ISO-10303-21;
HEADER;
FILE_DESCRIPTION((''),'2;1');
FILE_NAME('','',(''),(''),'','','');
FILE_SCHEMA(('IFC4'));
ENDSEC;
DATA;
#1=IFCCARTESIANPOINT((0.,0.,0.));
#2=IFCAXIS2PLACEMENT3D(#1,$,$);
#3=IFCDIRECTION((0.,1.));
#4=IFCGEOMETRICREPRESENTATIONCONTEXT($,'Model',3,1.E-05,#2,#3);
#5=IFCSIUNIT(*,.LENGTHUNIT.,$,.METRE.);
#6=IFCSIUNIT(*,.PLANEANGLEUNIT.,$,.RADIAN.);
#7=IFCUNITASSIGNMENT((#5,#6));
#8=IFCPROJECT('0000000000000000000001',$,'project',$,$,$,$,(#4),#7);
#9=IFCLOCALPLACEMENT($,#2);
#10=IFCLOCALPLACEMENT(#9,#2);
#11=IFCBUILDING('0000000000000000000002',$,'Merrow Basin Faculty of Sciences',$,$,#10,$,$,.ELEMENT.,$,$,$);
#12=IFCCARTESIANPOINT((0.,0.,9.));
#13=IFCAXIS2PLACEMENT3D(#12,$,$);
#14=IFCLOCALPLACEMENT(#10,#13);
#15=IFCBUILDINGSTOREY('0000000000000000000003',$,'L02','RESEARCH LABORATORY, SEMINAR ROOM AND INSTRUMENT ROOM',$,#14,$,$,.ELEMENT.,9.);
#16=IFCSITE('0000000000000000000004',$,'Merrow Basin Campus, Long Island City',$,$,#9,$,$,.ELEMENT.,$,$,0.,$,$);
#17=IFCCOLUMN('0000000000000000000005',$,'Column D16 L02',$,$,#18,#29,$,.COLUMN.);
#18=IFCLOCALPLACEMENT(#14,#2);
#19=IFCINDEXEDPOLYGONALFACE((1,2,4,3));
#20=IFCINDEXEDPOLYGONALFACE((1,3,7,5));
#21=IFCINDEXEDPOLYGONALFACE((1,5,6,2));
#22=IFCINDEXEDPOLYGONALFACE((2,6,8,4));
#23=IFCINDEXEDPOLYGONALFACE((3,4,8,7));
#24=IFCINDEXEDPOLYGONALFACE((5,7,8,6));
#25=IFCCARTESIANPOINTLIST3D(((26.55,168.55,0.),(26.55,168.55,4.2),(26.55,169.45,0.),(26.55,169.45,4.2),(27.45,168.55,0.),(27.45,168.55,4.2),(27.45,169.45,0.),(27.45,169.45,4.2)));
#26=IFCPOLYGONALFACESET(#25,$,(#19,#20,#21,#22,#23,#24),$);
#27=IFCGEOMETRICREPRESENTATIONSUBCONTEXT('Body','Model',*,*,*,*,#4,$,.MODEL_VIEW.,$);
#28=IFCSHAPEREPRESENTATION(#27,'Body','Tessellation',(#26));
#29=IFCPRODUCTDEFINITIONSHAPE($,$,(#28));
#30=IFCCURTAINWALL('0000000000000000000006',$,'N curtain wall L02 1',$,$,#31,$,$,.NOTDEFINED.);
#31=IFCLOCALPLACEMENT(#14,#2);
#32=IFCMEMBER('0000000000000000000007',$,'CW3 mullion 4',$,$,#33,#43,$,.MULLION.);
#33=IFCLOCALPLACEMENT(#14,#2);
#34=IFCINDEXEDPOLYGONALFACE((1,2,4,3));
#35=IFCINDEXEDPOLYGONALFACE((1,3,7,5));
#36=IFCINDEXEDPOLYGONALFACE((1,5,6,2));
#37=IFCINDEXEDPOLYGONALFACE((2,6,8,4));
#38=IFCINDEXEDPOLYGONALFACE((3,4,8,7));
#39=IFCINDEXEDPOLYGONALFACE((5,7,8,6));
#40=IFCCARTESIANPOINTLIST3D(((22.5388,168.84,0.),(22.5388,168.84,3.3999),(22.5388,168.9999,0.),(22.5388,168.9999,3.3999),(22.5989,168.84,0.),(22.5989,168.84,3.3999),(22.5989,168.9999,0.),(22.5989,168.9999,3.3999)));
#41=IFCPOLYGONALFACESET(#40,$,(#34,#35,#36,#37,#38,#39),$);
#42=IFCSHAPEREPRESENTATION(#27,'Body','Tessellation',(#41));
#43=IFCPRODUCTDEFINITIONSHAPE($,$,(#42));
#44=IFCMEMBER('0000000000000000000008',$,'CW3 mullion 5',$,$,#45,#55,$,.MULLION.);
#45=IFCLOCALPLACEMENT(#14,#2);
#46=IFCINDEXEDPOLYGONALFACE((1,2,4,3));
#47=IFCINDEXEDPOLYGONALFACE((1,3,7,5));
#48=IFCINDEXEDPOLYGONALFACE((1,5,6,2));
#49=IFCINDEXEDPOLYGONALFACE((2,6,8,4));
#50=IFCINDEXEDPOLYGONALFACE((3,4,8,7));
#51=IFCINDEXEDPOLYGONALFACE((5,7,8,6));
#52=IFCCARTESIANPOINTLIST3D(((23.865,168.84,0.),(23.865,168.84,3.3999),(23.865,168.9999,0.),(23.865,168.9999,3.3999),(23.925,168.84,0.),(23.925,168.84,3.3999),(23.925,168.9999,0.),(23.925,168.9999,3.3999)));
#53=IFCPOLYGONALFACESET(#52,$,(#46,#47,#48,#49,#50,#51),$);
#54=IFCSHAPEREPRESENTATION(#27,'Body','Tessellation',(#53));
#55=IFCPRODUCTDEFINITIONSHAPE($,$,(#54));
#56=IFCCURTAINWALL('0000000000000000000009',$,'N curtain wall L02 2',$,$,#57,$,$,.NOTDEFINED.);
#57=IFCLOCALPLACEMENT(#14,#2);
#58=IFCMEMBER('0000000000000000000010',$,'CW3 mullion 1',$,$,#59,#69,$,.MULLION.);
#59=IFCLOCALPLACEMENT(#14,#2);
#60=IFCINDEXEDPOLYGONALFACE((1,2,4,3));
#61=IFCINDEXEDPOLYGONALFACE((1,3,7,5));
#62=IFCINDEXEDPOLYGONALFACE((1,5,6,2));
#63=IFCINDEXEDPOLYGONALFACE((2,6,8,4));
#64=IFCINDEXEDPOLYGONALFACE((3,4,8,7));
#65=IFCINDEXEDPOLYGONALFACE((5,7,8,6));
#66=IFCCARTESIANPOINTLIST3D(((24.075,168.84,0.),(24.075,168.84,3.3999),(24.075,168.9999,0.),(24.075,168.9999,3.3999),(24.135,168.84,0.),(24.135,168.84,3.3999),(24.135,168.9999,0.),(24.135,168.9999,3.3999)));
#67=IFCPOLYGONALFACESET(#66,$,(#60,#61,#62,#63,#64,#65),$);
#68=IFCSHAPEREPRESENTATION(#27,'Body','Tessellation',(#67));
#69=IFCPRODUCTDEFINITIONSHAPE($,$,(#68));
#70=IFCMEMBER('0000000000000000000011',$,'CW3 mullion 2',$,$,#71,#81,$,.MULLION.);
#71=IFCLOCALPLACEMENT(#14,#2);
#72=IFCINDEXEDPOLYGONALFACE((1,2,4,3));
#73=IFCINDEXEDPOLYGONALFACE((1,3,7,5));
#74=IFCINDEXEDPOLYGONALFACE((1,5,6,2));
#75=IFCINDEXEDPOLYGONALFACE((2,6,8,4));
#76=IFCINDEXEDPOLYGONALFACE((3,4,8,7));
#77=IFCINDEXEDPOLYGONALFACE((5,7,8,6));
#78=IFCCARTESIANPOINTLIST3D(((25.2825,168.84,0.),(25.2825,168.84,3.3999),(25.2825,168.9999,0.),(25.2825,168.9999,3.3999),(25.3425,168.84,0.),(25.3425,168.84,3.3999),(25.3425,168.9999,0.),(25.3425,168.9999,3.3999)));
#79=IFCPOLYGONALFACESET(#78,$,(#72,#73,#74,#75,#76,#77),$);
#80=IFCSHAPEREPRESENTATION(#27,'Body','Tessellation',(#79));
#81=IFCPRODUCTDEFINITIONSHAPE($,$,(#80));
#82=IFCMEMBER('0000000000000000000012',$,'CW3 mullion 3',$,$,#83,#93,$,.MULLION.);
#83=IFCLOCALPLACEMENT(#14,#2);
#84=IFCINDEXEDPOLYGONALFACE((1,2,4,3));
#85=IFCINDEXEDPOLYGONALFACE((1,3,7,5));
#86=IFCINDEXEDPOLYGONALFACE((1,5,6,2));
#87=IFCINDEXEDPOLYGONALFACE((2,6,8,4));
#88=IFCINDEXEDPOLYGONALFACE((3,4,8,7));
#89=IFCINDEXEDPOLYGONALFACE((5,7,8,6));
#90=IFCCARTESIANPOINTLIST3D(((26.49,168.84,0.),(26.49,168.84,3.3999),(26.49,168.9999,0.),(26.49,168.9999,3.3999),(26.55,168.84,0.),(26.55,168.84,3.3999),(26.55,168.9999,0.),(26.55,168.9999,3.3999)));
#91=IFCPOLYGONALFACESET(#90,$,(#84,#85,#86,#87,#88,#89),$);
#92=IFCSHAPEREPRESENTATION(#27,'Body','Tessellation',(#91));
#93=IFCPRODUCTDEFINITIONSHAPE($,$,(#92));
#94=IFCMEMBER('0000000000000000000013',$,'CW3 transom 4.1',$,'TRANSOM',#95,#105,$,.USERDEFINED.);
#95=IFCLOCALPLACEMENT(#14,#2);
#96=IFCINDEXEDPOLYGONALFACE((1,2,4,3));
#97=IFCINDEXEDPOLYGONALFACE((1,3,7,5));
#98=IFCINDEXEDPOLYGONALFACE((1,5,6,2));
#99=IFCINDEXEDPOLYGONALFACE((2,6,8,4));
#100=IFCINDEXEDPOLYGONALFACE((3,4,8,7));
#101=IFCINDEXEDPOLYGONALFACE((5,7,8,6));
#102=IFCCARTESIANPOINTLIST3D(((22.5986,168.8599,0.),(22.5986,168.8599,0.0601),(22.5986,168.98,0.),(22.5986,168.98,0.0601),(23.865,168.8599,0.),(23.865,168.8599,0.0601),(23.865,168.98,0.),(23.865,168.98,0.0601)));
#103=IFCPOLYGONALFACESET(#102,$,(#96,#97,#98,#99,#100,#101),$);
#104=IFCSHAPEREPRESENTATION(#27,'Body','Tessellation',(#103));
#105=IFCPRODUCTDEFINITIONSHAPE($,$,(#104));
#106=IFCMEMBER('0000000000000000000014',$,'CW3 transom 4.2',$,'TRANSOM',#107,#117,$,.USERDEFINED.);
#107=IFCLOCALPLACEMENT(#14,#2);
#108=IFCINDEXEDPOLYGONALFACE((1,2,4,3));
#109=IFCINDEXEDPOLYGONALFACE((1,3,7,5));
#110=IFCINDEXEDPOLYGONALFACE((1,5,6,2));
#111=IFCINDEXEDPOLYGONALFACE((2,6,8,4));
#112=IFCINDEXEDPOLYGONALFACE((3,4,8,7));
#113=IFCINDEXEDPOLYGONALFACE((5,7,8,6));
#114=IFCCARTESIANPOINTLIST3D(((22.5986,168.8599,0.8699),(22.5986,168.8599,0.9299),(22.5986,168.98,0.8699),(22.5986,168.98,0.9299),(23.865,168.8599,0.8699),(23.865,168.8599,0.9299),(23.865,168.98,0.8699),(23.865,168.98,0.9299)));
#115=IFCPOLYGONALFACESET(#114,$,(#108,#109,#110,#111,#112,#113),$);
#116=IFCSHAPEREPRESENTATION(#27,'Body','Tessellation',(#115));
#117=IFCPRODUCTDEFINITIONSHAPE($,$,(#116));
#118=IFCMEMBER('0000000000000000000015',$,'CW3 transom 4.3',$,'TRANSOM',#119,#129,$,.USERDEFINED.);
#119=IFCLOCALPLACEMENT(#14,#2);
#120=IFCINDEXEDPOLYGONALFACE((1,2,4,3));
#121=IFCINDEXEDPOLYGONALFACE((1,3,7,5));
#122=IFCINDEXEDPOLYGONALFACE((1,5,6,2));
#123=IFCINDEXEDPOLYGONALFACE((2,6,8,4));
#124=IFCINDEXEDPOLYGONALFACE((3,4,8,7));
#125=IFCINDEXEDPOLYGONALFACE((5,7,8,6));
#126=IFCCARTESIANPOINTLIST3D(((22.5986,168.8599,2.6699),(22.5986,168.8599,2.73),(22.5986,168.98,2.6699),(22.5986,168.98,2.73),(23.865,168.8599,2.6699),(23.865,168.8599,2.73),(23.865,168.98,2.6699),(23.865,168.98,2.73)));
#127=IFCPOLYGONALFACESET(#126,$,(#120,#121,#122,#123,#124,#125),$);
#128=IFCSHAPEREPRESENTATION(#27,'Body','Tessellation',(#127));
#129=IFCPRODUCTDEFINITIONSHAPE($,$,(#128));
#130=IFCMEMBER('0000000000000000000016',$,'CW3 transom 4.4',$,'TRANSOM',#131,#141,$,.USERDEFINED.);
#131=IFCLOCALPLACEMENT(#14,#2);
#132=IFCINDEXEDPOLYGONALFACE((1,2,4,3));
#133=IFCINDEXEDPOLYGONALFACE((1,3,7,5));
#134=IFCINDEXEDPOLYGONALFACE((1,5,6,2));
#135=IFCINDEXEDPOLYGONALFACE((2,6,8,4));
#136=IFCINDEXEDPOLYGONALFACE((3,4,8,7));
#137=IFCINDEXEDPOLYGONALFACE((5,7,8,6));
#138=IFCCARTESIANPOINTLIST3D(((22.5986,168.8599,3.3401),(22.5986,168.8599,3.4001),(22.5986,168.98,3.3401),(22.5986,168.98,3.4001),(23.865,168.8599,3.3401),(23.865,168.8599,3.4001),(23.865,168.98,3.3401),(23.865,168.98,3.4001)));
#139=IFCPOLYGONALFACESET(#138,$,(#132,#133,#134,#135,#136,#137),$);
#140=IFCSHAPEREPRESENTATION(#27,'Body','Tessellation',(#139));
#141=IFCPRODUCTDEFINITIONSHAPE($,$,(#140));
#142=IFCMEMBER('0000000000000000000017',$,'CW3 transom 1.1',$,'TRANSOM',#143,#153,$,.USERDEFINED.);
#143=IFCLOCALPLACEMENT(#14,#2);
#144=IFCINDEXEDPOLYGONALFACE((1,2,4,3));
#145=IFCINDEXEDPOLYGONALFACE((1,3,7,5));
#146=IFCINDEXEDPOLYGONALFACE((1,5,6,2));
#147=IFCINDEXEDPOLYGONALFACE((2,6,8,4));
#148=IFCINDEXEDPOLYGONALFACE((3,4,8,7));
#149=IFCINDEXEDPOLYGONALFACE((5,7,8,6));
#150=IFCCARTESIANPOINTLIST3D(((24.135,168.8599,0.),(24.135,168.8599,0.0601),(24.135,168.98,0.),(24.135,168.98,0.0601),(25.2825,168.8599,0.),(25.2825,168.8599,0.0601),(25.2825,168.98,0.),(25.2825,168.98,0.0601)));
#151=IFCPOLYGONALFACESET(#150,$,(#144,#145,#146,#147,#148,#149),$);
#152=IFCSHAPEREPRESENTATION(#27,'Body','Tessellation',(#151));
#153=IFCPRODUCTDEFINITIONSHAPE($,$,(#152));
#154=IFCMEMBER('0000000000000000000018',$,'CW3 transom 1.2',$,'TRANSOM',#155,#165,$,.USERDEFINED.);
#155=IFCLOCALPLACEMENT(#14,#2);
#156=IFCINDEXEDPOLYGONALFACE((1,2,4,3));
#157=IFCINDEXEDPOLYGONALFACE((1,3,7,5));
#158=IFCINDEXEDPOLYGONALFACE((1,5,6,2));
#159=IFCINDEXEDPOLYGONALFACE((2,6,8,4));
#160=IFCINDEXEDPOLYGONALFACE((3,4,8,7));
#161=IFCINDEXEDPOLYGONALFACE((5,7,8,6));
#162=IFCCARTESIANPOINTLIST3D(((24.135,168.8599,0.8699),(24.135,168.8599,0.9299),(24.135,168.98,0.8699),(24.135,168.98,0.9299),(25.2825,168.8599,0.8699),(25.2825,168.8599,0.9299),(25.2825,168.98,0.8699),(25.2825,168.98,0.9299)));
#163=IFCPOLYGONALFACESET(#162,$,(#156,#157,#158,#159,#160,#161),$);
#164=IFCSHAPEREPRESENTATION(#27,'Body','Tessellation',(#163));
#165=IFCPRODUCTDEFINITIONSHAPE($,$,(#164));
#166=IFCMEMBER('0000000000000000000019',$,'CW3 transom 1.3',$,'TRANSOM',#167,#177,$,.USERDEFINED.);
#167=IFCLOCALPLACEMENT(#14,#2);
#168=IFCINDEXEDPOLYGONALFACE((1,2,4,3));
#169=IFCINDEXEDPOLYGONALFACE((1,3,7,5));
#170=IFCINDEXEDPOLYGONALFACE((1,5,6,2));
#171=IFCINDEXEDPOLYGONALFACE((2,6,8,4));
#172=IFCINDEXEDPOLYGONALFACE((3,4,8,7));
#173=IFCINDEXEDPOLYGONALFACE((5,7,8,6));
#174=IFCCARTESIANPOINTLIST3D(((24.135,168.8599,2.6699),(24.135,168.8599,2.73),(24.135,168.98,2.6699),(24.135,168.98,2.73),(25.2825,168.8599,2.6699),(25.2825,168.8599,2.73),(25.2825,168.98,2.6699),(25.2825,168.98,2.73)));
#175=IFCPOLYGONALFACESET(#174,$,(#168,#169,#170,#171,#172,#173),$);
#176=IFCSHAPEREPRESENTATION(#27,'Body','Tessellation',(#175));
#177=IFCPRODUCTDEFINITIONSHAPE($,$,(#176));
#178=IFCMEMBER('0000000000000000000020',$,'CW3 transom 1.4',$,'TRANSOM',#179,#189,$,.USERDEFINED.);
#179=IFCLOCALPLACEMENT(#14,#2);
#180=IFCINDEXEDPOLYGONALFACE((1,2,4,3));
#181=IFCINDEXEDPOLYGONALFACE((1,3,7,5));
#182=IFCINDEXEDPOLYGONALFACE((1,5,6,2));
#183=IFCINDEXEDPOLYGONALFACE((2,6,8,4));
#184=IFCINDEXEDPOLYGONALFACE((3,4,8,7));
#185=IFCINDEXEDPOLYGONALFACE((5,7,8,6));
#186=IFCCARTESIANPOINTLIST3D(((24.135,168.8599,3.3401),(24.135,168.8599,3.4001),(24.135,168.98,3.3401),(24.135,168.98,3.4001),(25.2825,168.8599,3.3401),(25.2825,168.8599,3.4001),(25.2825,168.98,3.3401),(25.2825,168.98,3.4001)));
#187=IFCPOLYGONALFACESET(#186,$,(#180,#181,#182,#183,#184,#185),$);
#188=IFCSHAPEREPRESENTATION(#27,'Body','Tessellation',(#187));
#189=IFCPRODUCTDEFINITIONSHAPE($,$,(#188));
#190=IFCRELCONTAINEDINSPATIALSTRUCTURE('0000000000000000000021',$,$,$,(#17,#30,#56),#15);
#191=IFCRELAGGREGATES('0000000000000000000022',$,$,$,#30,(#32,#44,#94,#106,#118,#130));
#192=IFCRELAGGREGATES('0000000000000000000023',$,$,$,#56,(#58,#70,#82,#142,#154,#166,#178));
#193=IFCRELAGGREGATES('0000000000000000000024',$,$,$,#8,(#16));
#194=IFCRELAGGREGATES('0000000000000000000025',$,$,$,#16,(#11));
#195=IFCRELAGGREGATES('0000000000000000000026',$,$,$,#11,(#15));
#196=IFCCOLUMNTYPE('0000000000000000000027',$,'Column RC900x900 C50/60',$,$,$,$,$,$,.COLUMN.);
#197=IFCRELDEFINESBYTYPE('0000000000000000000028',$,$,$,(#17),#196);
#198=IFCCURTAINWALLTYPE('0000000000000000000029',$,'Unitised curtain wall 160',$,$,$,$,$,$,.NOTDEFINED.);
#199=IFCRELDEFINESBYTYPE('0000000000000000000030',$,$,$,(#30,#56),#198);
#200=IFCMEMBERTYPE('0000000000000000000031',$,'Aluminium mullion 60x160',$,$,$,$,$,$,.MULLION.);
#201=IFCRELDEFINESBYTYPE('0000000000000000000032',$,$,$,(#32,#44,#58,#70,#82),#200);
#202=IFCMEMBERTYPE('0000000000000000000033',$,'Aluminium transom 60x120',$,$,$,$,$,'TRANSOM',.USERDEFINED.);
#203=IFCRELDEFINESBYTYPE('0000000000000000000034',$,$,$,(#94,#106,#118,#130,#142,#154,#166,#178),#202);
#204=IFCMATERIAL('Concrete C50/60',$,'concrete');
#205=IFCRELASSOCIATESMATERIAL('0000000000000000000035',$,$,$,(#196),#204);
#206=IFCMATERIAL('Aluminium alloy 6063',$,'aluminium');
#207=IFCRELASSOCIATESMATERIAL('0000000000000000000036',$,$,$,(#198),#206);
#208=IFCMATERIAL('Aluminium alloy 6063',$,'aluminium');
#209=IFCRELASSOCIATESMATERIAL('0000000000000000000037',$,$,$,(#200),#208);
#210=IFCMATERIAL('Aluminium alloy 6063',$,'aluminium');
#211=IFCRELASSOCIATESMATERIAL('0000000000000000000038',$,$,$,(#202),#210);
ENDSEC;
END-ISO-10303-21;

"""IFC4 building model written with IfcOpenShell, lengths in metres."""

from ifc_helpers import new_model, si_unit, direction, frame, origin, origin_2d, place, context, subcontext, project, spatial, rectangle, extrude, material, material_profile, profile_set, type_object, element, aggregate, save


model = new_model("IFC4")

# Units and contexts
model_context = context("Model", 3, precision=1e-05, world=origin(), true_north=direction((0.0, 1.0)))
body_context = subcontext(model_context, "Body", "Model", "MODEL_VIEW")
ifc_project = project(units=[si_unit("LENGTHUNIT", "METRE"), si_unit("PLANEANGLEUNIT", "RADIAN")], contexts=[model_context])

# Site, building, storey
site_placement = place(None, origin())
site = spatial("IfcSite", under=ifc_project, at=site_placement, Name="Merrow Basin Campus, Long Island City", CompositionType="ELEMENT", RefElevation=0.0)
building_placement = place(site_placement, origin())
building = spatial("IfcBuilding", under=site, at=building_placement, Name="Merrow Basin Faculty of Sciences", CompositionType="ELEMENT")
storey_placement = place(building_placement, frame((0.0, 0.0, 9.0)))
storey = spatial("IfcBuildingStorey", under=building, at=storey_placement, Name="L02", Description="RESEARCH LABORATORY, SEMINAR ROOM AND INSTRUMENT ROOM", CompositionType="ELEMENT", Elevation=9.0)

# Column
ifc_material_1 = material(Name="Concrete C50/60", Category="concrete")
ifc_material_profile_1 = material_profile(ifc_material_1, rectangle(XDim=0.8999, YDim=0.8999, at=origin_2d()))
ifc_profile_set_1 = profile_set([ifc_material_profile_1], Name="Concrete C50/60")
column_type = type_object("IfcColumnType", Name="Column RC900x900 C50/60", PredefinedType="COLUMN", material=ifc_profile_set_1)
column_placement = place(storey_placement, frame((27.0, 169.0, 0.0), z_axis=(0.0, 0.0, 1.0), x_axis=(1.0, 0.0, 0.0)))
element("IfcColumn", 1, at=column_placement, inside=storey, type_object=column_type, Name="Column D16 L02", PredefinedType="COLUMN", context=body_context, shape_type="SweptSolid", body=[
    extrude(rectangle(XDim=0.8999, YDim=0.8999, at=origin_2d()), origin(), (0.0, 0.0, 1.0), 4.2),
])

# Curtain walls, members
ifc_material_2 = material(Name="Aluminium alloy 6063", Category="aluminium")
curtain_wall_type = type_object("IfcCurtainWallType", Name="Unitised curtain wall 160", PredefinedType="NOTDEFINED", material=ifc_material_2)
curtain_wall_1_placement = place(storey_placement, origin())
curtain_wall_1 = element("IfcCurtainWall", 2, at=curtain_wall_1_placement, inside=storey, type_object=curtain_wall_type, Name="N curtain wall L02 1", PredefinedType="NOTDEFINED")
ifc_material_3 = material(Name="Aluminium alloy 6063", Category="aluminium")
ifc_material_profile_2 = material_profile(ifc_material_3, rectangle(XDim=0.1599, YDim=0.0601, at=origin_2d()))
ifc_profile_set_2 = profile_set([ifc_material_profile_2], Name="Aluminium alloy 6063")
member_type_1 = type_object("IfcMemberType", Name="Aluminium mullion 60x160", PredefinedType="MULLION", material=ifc_profile_set_2)
member_1_placement = place(storey_placement, frame((22.5688, 168.9199, 0.0), z_axis=(0.0, 0.0, 1.0), x_axis=(0.0, 1.0, 0.0)))
member_1 = element("IfcMember", 3, at=member_1_placement, type_object=member_type_1, Name="CW3 mullion 4", PredefinedType="MULLION", context=body_context, shape_type="SweptSolid", body=[
    extrude(rectangle(XDim=0.1599, YDim=0.0601, at=origin_2d()), origin(), (0.0, 0.0, 1.0), 3.3999),
])
member_2_placement = place(storey_placement, frame((23.895, 168.9199, 0.0), z_axis=(0.0, 0.0, 1.0), x_axis=(0.0, 1.0, 0.0)))
member_2 = element("IfcMember", 4, at=member_2_placement, type_object=member_type_1, Name="CW3 mullion 5", PredefinedType="MULLION", context=body_context, shape_type="SweptSolid", body=[
    extrude(rectangle(XDim=0.1599, YDim=0.0601, at=origin_2d()), origin(), (0.0, 0.0, 1.0), 3.3999),
])
curtain_wall_2_placement = place(storey_placement, origin())
curtain_wall_2 = element("IfcCurtainWall", 5, at=curtain_wall_2_placement, inside=storey, type_object=curtain_wall_type, Name="N curtain wall L02 2", PredefinedType="NOTDEFINED")
member_3_placement = place(storey_placement, frame((24.105, 168.9199, 0.0), z_axis=(0.0, 0.0, 1.0), x_axis=(0.0, 1.0, 0.0)))
member_3 = element("IfcMember", 6, at=member_3_placement, type_object=member_type_1, Name="CW3 mullion 1", PredefinedType="MULLION", context=body_context, shape_type="SweptSolid", body=[
    extrude(rectangle(XDim=0.1599, YDim=0.0601, at=origin_2d()), origin(), (0.0, 0.0, 1.0), 3.3999),
])
member_4_placement = place(storey_placement, frame((25.3125, 168.9199, 0.0), z_axis=(0.0, 0.0, 1.0), x_axis=(0.0, 1.0, 0.0)))
member_4 = element("IfcMember", 7, at=member_4_placement, type_object=member_type_1, Name="CW3 mullion 2", PredefinedType="MULLION", context=body_context, shape_type="SweptSolid", body=[
    extrude(rectangle(XDim=0.1599, YDim=0.0601, at=origin_2d()), origin(), (0.0, 0.0, 1.0), 3.3999),
])
member_5_placement = place(storey_placement, frame((26.52, 168.9199, 0.0), z_axis=(0.0, 0.0, 1.0), x_axis=(0.0, 1.0, 0.0)))
member_5 = element("IfcMember", 8, at=member_5_placement, type_object=member_type_1, Name="CW3 mullion 3", PredefinedType="MULLION", context=body_context, shape_type="SweptSolid", body=[
    extrude(rectangle(XDim=0.1599, YDim=0.0601, at=origin_2d()), origin(), (0.0, 0.0, 1.0), 3.3999),
])

# Members
ifc_material_4 = material(Name="Aluminium alloy 6063", Category="aluminium")
ifc_material_profile_3 = material_profile(ifc_material_4, rectangle(XDim=0.1201, YDim=0.0601, at=origin_2d()))
ifc_profile_set_3 = profile_set([ifc_material_profile_3], Name="Aluminium alloy 6063")
member_type_2 = type_object("IfcMemberType", Name="Aluminium transom 60x120", ElementType="TRANSOM", PredefinedType="USERDEFINED", material=ifc_profile_set_3)
member_6_placement = place(storey_placement, frame((22.5986, 168.9199, 0.03), z_axis=(1.0, 0.0, 0.0), x_axis=(0.0, 1.0, 0.0)))
member_6 = element("IfcMember", 9, at=member_6_placement, type_object=member_type_2, Name="CW3 transom 4.1", ObjectType="TRANSOM", PredefinedType="USERDEFINED", context=body_context, shape_type="SweptSolid", body=[
    extrude(rectangle(XDim=0.1201, YDim=0.0601, at=origin_2d()), origin(), (0.0, 0.0, 1.0), 1.2664),
])
member_7_placement = place(storey_placement, frame((22.5986, 168.9199, 0.8999), z_axis=(1.0, 0.0, 0.0), x_axis=(0.0, 1.0, 0.0)))
member_7 = element("IfcMember", 10, at=member_7_placement, type_object=member_type_2, Name="CW3 transom 4.2", ObjectType="TRANSOM", PredefinedType="USERDEFINED", context=body_context, shape_type="SweptSolid", body=[
    extrude(rectangle(XDim=0.1201, YDim=0.0601, at=origin_2d()), origin(), (0.0, 0.0, 1.0), 1.2664),
])
member_8_placement = place(storey_placement, frame((22.5986, 168.9199, 2.7), z_axis=(1.0, 0.0, 0.0), x_axis=(0.0, 1.0, 0.0)))
member_8 = element("IfcMember", 11, at=member_8_placement, type_object=member_type_2, Name="CW3 transom 4.3", ObjectType="TRANSOM", PredefinedType="USERDEFINED", context=body_context, shape_type="SweptSolid", body=[
    extrude(rectangle(XDim=0.1201, YDim=0.0601, at=origin_2d()), origin(), (0.0, 0.0, 1.0), 1.2664),
])
member_9_placement = place(storey_placement, frame((22.5986, 168.9199, 3.3701), z_axis=(1.0, 0.0, 0.0), x_axis=(0.0, 1.0, 0.0)))
member_9 = element("IfcMember", 12, at=member_9_placement, type_object=member_type_2, Name="CW3 transom 4.4", ObjectType="TRANSOM", PredefinedType="USERDEFINED", context=body_context, shape_type="SweptSolid", body=[
    extrude(rectangle(XDim=0.1201, YDim=0.0601, at=origin_2d()), origin(), (0.0, 0.0, 1.0), 1.2664),
])
member_10_placement = place(storey_placement, frame((24.135, 168.9199, 0.03), z_axis=(1.0, 0.0, 0.0), x_axis=(0.0, 1.0, 0.0)))
member_10 = element("IfcMember", 13, at=member_10_placement, type_object=member_type_2, Name="CW3 transom 1.1", ObjectType="TRANSOM", PredefinedType="USERDEFINED", context=body_context, shape_type="SweptSolid", body=[
    extrude(rectangle(XDim=0.1201, YDim=0.0601, at=origin_2d()), origin(), (0.0, 0.0, 1.0), 1.1475),
])
member_11_placement = place(storey_placement, frame((24.135, 168.9199, 0.8999), z_axis=(1.0, 0.0, 0.0), x_axis=(0.0, 1.0, 0.0)))
member_11 = element("IfcMember", 14, at=member_11_placement, type_object=member_type_2, Name="CW3 transom 1.2", ObjectType="TRANSOM", PredefinedType="USERDEFINED", context=body_context, shape_type="SweptSolid", body=[
    extrude(rectangle(XDim=0.1201, YDim=0.0601, at=origin_2d()), origin(), (0.0, 0.0, 1.0), 1.1475),
])
member_12_placement = place(storey_placement, frame((24.135, 168.9199, 2.7), z_axis=(1.0, 0.0, 0.0), x_axis=(0.0, 1.0, 0.0)))
member_12 = element("IfcMember", 15, at=member_12_placement, type_object=member_type_2, Name="CW3 transom 1.3", ObjectType="TRANSOM", PredefinedType="USERDEFINED", context=body_context, shape_type="SweptSolid", body=[
    extrude(rectangle(XDim=0.1201, YDim=0.0601, at=origin_2d()), origin(), (0.0, 0.0, 1.0), 1.1475),
])
member_13_placement = place(storey_placement, frame((24.135, 168.9199, 3.3701), z_axis=(1.0, 0.0, 0.0), x_axis=(0.0, 1.0, 0.0)))
member_13 = element("IfcMember", 16, at=member_13_placement, type_object=member_type_2, Name="CW3 transom 1.4", ObjectType="TRANSOM", PredefinedType="USERDEFINED", context=body_context, shape_type="SweptSolid", body=[
    extrude(rectangle(XDim=0.1201, YDim=0.0601, at=origin_2d()), origin(), (0.0, 0.0, 1.0), 1.1475),
])

aggregate(curtain_wall_1, [member_1, member_2, member_6, member_7, member_8, member_9])
aggregate(curtain_wall_2, [member_3, member_4, member_5, member_10, member_11, member_12, member_13])

save(model, "model.ifc")
